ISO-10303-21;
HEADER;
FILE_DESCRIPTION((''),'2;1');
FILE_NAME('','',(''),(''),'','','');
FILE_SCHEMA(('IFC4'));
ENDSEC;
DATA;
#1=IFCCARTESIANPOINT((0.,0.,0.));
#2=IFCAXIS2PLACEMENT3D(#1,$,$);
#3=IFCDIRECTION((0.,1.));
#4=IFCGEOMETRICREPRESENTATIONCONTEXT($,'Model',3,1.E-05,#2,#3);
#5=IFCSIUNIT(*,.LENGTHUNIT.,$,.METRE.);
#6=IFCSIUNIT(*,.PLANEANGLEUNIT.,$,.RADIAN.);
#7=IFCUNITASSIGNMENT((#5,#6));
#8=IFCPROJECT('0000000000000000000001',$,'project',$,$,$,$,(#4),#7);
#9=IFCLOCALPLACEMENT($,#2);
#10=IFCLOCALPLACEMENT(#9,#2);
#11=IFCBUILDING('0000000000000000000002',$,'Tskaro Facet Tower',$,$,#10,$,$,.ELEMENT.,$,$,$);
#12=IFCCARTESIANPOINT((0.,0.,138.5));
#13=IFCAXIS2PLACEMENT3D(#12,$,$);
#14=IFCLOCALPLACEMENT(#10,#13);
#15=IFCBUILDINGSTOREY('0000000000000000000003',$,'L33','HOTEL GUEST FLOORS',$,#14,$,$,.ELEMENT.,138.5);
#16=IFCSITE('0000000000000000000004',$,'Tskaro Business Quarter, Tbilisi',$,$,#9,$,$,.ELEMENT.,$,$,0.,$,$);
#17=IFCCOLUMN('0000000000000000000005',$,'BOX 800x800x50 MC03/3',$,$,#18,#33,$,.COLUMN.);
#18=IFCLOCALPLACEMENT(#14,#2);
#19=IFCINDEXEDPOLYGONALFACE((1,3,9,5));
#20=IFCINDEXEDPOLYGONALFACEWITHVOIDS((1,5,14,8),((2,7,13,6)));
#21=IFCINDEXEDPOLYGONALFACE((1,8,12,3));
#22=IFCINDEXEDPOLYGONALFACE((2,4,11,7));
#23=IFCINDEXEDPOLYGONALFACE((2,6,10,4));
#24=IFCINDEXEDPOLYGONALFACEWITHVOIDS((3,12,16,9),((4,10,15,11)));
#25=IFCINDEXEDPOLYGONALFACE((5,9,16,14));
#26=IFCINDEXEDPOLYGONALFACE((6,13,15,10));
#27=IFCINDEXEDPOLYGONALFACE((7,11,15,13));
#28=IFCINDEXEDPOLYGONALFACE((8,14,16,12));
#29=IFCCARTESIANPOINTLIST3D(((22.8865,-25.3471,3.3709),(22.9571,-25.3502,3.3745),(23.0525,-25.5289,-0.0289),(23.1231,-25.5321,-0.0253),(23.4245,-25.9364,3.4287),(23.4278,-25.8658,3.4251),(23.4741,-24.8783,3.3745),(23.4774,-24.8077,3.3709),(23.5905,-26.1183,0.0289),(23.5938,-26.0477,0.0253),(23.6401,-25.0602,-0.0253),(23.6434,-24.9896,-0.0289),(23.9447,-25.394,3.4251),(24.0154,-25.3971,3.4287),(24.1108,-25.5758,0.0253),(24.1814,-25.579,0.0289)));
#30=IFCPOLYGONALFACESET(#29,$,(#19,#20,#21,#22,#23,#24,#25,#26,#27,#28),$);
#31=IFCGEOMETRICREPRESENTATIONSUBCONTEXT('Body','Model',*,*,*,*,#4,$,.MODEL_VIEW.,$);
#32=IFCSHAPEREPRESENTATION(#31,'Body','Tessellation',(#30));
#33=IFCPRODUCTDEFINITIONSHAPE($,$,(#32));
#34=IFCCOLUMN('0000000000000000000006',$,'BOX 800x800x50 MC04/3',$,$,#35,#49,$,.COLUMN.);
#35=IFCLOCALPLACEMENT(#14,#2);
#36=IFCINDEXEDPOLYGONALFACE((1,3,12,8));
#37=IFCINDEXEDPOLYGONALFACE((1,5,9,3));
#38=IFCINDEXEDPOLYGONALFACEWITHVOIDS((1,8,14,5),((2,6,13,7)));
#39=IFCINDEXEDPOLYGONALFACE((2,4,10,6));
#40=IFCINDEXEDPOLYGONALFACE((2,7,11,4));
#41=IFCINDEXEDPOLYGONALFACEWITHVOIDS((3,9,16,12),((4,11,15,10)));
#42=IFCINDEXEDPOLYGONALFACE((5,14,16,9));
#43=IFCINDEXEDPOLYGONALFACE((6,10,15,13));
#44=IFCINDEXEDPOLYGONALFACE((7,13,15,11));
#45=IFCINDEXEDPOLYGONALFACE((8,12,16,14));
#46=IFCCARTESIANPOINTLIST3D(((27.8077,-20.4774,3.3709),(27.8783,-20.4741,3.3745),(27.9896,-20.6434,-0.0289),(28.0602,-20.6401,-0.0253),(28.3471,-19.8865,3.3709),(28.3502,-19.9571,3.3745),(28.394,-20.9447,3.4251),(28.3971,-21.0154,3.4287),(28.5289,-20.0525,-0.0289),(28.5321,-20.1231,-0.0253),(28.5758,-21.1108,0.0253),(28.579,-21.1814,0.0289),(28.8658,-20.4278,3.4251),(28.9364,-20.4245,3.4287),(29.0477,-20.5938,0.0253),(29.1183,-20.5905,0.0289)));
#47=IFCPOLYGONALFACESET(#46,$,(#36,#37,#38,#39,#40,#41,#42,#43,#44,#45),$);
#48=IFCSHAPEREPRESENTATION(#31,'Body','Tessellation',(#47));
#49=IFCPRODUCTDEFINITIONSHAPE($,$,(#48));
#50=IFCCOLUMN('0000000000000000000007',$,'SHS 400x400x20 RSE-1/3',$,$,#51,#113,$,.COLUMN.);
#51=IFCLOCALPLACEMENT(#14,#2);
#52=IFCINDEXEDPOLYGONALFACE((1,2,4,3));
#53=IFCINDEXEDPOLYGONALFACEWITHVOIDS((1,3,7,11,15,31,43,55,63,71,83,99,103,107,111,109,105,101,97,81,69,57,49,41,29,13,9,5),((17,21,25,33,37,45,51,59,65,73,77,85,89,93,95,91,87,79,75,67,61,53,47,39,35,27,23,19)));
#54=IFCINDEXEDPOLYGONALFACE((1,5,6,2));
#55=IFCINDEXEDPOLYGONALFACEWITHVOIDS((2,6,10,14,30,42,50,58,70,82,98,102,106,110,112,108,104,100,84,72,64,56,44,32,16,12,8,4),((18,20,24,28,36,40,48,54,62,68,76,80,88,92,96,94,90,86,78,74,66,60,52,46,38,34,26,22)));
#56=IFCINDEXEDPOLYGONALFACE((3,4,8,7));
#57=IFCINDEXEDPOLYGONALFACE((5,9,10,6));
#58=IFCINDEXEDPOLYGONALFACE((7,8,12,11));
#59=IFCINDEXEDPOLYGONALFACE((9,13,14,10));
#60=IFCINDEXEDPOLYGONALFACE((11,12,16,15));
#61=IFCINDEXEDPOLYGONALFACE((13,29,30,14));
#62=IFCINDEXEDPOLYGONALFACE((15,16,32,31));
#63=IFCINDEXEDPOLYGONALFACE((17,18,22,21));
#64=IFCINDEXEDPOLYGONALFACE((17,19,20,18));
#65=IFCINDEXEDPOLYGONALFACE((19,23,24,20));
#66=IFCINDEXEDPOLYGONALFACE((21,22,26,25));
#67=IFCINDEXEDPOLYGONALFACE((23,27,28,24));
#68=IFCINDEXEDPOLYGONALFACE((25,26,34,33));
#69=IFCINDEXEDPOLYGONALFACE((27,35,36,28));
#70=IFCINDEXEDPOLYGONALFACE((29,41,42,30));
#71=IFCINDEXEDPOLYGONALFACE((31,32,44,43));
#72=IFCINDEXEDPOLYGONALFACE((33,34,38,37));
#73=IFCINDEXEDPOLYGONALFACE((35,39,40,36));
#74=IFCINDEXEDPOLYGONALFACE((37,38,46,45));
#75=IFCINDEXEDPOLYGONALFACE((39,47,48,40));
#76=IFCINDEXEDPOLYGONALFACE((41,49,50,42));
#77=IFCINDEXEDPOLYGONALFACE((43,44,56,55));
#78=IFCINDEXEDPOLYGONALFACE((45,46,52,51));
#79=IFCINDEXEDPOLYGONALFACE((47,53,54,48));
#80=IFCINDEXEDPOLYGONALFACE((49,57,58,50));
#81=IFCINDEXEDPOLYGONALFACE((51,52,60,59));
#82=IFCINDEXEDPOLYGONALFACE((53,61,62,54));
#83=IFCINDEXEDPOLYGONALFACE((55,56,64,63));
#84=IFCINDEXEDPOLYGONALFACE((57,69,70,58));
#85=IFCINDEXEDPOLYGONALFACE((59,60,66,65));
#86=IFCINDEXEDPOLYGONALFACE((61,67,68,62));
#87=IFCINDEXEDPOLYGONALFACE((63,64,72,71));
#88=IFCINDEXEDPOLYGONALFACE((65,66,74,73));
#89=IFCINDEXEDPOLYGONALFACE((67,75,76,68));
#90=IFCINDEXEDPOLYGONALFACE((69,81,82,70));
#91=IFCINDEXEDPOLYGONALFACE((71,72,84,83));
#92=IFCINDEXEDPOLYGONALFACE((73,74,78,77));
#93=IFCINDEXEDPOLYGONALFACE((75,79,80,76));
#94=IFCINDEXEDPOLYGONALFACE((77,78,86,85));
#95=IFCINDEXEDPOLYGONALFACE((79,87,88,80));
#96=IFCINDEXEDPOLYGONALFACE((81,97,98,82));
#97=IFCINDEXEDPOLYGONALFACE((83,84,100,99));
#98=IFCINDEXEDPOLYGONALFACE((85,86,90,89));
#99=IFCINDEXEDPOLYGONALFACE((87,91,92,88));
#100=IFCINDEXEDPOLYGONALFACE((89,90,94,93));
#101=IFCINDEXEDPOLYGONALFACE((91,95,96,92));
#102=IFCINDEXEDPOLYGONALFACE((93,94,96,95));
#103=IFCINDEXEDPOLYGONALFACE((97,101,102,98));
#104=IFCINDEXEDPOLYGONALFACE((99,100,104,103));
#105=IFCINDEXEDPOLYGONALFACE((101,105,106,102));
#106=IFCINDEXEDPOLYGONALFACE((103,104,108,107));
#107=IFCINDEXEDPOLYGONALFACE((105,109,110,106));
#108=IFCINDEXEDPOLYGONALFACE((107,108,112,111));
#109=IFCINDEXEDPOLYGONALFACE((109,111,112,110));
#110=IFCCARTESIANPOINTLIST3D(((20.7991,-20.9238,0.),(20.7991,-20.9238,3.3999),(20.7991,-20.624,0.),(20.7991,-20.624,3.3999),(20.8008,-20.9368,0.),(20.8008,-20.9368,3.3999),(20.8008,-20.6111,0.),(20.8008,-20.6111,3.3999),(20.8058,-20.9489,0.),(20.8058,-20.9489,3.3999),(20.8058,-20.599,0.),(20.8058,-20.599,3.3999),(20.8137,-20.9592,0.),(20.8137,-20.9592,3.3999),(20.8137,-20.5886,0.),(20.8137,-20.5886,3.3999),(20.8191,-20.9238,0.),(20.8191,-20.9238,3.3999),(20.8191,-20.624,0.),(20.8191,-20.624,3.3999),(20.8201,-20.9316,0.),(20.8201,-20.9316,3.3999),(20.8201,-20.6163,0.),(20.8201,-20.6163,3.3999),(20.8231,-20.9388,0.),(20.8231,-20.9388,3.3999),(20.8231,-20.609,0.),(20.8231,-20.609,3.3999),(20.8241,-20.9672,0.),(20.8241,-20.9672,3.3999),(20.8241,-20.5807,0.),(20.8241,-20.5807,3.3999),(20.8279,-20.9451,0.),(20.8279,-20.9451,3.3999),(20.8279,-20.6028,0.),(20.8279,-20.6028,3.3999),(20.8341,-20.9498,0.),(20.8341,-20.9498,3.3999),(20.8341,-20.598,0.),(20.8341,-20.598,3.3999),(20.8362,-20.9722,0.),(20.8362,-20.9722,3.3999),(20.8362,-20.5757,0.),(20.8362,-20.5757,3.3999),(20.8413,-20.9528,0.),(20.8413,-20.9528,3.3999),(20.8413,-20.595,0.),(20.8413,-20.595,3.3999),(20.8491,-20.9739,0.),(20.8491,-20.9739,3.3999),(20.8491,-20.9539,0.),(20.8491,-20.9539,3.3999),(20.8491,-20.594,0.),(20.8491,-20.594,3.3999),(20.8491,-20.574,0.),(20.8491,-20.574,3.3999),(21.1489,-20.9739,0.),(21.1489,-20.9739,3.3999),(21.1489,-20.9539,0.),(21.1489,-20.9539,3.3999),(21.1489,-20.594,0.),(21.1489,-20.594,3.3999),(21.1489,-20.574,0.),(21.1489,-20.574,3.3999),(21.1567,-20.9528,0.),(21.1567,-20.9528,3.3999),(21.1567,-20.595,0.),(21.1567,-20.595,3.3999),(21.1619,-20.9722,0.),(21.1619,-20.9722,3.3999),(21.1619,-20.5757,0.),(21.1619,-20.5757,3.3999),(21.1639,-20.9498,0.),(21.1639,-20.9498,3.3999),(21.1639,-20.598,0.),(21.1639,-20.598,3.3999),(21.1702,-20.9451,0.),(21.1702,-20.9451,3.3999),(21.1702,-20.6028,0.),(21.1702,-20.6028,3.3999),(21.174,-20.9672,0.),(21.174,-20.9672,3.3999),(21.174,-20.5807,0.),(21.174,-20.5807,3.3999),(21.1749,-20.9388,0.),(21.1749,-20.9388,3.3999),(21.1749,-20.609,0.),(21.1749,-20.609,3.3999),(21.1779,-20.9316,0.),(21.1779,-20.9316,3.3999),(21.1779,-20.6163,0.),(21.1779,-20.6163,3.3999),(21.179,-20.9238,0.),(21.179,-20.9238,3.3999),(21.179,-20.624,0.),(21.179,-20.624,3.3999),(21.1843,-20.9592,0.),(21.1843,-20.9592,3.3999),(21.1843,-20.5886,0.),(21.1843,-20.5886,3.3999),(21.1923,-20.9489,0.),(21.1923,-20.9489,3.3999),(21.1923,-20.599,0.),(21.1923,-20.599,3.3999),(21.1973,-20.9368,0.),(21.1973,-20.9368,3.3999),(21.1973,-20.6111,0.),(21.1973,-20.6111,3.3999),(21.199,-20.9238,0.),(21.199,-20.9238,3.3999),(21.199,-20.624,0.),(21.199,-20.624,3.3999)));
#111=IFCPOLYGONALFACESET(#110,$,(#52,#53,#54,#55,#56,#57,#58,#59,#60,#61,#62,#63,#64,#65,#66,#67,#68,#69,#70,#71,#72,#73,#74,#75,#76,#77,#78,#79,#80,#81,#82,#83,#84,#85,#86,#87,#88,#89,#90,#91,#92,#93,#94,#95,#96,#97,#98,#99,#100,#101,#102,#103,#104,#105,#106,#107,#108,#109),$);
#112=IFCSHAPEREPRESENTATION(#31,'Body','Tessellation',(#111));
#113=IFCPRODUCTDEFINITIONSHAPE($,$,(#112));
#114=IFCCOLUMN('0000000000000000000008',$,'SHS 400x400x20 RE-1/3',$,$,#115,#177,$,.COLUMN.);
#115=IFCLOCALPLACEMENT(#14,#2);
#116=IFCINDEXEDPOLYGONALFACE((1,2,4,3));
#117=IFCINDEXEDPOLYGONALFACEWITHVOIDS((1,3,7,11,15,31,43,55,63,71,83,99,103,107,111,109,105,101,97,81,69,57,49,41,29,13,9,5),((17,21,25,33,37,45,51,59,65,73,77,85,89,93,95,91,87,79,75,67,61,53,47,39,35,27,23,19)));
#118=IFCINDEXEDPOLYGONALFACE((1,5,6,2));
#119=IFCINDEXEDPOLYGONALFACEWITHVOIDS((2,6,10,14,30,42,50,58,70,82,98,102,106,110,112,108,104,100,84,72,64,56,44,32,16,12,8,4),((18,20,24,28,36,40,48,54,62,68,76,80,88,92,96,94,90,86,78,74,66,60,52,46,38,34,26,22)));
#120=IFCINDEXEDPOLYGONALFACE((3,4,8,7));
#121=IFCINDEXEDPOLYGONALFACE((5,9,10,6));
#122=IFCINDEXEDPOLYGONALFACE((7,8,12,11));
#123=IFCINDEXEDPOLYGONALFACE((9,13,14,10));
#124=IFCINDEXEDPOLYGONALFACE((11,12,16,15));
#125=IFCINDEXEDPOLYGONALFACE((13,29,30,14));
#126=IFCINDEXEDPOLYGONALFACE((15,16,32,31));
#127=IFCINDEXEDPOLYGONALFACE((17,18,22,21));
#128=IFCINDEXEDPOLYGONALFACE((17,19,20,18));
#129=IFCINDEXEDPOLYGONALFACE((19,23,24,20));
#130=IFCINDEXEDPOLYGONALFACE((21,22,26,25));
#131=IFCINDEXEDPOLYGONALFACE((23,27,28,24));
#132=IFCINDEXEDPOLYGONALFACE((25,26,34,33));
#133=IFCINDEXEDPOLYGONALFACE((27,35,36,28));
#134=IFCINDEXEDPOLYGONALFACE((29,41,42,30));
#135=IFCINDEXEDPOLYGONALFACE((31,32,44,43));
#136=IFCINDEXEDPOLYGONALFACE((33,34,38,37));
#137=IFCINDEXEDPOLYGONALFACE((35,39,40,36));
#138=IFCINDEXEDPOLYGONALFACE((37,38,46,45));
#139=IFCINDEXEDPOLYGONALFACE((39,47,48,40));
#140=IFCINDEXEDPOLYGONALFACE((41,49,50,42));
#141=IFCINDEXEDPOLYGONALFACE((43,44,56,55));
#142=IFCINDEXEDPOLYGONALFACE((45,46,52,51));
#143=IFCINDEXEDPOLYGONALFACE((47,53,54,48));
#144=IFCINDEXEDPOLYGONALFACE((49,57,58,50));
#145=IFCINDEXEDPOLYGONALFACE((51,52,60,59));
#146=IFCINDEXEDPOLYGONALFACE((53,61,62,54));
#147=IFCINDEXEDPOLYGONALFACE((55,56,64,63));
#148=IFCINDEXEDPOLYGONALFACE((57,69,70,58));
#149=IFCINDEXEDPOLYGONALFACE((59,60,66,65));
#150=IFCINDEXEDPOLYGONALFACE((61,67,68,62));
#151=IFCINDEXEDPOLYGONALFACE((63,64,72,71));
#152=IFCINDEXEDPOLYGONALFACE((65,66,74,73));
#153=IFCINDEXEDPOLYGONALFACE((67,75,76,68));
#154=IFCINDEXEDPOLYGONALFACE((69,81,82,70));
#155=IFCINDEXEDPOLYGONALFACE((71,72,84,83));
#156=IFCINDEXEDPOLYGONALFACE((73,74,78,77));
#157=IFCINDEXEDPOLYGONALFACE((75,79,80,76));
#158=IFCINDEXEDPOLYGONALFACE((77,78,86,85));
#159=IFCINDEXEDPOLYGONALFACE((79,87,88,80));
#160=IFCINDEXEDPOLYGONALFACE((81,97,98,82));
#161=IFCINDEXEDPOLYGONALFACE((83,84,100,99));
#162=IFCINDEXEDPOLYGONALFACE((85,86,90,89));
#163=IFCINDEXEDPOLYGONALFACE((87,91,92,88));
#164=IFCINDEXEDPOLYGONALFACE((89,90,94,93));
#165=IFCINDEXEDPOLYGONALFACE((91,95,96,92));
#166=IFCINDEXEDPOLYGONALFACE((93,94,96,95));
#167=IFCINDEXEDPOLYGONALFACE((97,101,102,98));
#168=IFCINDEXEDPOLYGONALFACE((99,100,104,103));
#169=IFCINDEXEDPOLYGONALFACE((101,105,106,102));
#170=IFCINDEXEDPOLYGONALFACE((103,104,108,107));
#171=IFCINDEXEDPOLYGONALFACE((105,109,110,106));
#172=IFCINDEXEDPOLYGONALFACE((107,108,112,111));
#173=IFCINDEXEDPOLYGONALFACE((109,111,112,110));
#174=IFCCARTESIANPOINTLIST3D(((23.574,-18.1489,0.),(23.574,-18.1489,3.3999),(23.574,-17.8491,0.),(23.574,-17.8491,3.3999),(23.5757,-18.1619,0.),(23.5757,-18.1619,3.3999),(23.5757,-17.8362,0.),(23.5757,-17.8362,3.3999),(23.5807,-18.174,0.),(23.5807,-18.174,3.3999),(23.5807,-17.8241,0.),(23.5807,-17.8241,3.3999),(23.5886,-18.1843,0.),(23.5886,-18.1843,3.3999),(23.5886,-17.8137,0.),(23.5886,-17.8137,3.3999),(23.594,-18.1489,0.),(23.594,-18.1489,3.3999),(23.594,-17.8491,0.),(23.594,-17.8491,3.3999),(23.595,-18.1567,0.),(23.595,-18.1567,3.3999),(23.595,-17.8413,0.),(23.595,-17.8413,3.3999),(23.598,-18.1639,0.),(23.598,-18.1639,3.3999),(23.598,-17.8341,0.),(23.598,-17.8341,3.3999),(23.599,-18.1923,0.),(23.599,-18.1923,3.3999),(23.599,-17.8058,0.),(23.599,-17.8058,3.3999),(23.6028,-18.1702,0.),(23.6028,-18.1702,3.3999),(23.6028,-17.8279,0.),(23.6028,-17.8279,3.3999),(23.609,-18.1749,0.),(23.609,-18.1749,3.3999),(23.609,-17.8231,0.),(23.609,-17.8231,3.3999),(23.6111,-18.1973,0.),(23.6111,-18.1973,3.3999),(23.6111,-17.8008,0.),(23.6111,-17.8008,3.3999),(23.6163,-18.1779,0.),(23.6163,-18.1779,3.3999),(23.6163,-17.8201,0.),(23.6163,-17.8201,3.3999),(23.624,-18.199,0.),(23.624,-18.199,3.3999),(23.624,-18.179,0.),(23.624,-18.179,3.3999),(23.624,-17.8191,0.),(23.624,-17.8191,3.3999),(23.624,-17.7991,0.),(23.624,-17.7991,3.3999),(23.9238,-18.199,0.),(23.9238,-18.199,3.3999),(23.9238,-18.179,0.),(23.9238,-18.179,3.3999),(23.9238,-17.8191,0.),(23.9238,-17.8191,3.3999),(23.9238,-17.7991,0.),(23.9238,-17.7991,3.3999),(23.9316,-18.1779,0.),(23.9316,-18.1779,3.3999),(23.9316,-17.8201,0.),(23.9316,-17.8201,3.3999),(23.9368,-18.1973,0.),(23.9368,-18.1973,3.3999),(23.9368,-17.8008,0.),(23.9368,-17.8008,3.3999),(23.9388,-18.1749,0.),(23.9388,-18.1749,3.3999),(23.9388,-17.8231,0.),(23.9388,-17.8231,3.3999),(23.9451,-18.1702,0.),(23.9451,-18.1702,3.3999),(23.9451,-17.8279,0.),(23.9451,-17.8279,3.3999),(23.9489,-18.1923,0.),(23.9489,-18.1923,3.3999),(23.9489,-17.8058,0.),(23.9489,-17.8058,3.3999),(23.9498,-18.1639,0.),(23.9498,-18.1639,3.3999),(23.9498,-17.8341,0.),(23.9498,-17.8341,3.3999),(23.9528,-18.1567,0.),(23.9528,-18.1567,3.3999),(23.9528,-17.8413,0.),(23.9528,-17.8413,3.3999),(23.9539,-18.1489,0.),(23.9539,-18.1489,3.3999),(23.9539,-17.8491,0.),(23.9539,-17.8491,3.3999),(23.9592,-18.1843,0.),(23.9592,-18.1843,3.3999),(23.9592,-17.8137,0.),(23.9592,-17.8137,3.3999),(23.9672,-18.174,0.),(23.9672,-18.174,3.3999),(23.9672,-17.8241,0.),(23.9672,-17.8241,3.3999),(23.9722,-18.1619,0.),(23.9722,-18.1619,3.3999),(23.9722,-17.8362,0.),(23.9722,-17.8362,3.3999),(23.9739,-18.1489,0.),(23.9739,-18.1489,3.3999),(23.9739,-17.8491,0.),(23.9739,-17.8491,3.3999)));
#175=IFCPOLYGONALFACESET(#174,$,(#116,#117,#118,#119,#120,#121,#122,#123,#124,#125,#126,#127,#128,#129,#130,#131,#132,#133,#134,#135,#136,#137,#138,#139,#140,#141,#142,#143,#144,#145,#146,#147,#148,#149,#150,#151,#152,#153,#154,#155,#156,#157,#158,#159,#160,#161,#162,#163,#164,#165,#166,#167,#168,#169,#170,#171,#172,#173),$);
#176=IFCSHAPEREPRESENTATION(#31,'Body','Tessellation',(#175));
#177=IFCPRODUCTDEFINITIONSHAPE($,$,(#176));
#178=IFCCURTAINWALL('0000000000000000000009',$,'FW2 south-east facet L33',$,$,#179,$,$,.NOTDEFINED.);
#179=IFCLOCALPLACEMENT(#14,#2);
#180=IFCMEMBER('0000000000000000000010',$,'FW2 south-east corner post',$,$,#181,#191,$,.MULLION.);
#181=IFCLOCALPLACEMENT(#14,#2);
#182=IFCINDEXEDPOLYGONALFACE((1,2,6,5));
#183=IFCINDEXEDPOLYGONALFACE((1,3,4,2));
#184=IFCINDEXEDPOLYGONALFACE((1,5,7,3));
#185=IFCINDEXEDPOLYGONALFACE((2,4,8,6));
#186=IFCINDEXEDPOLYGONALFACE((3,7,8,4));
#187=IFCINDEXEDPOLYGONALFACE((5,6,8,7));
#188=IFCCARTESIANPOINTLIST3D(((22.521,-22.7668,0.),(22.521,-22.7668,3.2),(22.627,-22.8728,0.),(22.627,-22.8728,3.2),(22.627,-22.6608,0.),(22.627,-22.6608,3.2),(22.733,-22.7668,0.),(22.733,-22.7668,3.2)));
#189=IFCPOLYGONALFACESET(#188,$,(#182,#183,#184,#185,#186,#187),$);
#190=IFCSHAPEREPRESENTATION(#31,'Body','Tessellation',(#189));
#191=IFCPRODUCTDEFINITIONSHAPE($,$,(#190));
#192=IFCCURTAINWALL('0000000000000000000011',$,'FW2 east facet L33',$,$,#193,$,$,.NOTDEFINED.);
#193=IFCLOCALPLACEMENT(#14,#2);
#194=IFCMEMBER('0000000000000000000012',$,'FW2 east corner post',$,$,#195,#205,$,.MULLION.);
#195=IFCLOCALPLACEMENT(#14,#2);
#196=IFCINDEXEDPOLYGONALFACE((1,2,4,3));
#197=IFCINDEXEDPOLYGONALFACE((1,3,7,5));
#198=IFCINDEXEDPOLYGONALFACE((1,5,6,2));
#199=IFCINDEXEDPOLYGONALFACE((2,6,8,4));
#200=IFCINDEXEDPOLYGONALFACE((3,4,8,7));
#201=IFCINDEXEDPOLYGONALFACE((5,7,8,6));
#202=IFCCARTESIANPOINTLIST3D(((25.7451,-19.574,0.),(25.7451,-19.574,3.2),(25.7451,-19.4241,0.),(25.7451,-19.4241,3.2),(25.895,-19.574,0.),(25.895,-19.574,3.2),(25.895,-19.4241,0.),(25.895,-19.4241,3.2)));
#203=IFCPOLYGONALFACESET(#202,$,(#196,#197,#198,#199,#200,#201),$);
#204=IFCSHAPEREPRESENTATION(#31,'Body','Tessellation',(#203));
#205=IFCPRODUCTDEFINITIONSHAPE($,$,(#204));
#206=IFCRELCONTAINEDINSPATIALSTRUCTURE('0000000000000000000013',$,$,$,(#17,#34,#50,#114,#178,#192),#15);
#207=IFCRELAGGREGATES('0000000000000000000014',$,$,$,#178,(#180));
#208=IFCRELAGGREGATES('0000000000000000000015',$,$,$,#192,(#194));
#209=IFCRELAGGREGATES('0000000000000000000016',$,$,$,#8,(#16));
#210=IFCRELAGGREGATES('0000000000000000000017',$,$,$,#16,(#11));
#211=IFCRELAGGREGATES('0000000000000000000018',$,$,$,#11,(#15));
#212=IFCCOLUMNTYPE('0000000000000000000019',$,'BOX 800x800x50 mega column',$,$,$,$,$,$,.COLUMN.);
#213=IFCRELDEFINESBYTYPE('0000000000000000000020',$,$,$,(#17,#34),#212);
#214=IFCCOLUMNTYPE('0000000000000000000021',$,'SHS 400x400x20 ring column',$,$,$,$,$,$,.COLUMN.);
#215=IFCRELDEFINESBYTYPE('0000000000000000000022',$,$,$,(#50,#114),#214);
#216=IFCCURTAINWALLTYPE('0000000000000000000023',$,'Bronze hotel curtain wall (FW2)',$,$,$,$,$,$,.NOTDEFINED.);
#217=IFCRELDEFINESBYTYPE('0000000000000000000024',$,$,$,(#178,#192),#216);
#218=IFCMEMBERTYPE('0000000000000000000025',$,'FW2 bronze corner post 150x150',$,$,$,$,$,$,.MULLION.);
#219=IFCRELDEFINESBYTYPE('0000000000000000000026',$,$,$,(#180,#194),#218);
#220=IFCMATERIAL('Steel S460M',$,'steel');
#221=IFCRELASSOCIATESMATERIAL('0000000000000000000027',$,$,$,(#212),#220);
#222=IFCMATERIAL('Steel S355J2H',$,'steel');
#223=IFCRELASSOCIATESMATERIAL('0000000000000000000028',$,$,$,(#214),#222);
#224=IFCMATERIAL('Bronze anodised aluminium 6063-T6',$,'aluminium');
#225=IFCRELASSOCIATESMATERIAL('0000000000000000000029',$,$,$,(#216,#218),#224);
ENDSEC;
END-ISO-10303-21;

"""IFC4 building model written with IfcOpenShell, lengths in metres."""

from ifc_helpers import new_model, si_unit, direction, frame, origin, origin_2d, place, context, subcontext, project, spatial, rectangle, hollow_rectangle, extrude, material, material_profile, profile_set, type_object, element, aggregate, save


model = new_model("IFC4")

# Units and contexts
model_context = context("Model", 3, precision=1e-05, world=origin(), true_north=direction((0.0, 1.0)))
body_context = subcontext(model_context, "Body", "Model", "MODEL_VIEW")
ifc_project = project(units=[si_unit("LENGTHUNIT", "METRE"), si_unit("PLANEANGLEUNIT", "RADIAN")], contexts=[model_context])

# Site, building, storey
site_placement = place(None, origin())
site = spatial("IfcSite", under=ifc_project, at=site_placement, Name="Tskaro Business Quarter, Tbilisi", CompositionType="ELEMENT", RefElevation=0.0)
building_placement = place(site_placement, origin())
building = spatial("IfcBuilding", under=site, at=building_placement, Name="Tskaro Facet Tower", CompositionType="ELEMENT")
storey_placement = place(building_placement, frame((0.0, 0.0, 138.5)))
storey = spatial("IfcBuildingStorey", under=building, at=storey_placement, Name="L33", Description="HOTEL GUEST FLOORS", CompositionType="ELEMENT", Elevation=138.5)

# Columns
ifc_material_1 = material(Name="Steel S460M", Category="steel")
ifc_material_profile_1 = material_profile(ifc_material_1, hollow_rectangle(XDim=0.8, YDim=0.8, WallThickness=0.05, at=origin_2d()), Name="BOX 800x800x50")
ifc_profile_set_1 = profile_set([ifc_material_profile_1], Name="Steel S460M")
column_type_1 = type_object("IfcColumnType", Name="BOX 800x800x50 mega column", PredefinedType="COLUMN", material=ifc_profile_set_1)
for number, where, z_axis, x_axis, name in (
    (1, (23.6169, -25.554, 0.0), (-0.048702, 0.053357, 0.997387), (-0.738593, -0.674152, 0.0), "BOX 800x800x50 MC03/3"),
    (2, (28.554, -20.6169, 0.0), (-0.053357, 0.048702, 0.997387), (-0.674152, -0.738593, 0.0), "BOX 800x800x50 MC04/3"),
):
    element("IfcColumn", number, at=place(storey_placement, frame(where, z_axis=z_axis, x_axis=x_axis)), inside=storey, type_object=column_type_1, Name=name, PredefinedType="COLUMN", context=body_context, shape_type="SweptSolid", body=[
        extrude(hollow_rectangle(XDim=0.8, YDim=0.8, WallThickness=0.05, at=origin_2d()), origin(), (0.0, 0.0, 1.0), 3.4087),
    ])
ifc_material_2 = material(Name="Steel S355J2H", Category="steel")
ifc_material_profile_2 = material_profile(ifc_material_2, hollow_rectangle(XDim=0.3999, YDim=0.3999, WallThickness=0.02, InnerFilletRadius=0.03, OuterFilletRadius=0.05, at=origin_2d()), Name="SHS 400x400x20")
ifc_profile_set_2 = profile_set([ifc_material_profile_2], Name="Steel S355J2H")
column_type_2 = type_object("IfcColumnType", Name="SHS 400x400x20 ring column", PredefinedType="COLUMN", material=ifc_profile_set_2)
for number, where, z_axis, x_axis, name in (
    (3, (20.999, -20.7739, 0.0), (0.0, 0.0, 1.0), (1.0, 0.0, 0.0), "SHS 400x400x20 RSE-1/3"),
    (4, (23.7739, -17.999, 0.0), (0.0, 0.0, 1.0), (1.0, 0.0, 0.0), "SHS 400x400x20 RE-1/3"),
):
    element("IfcColumn", number, at=place(storey_placement, frame(where, z_axis=z_axis, x_axis=x_axis)), inside=storey, type_object=column_type_2, Name=name, PredefinedType="COLUMN", context=body_context, shape_type="SweptSolid", body=[
        extrude(hollow_rectangle(XDim=0.3999, YDim=0.3999, WallThickness=0.02, InnerFilletRadius=0.03, OuterFilletRadius=0.05, at=origin_2d()), origin(), (0.0, 0.0, 1.0), 3.3999),
    ])

# Curtain walls, members
ifc_material_3 = material(Name="Bronze anodised aluminium 6063-T6", Category="aluminium")
curtain_wall_type = type_object("IfcCurtainWallType", Name="Bronze hotel curtain wall (FW2)", PredefinedType="NOTDEFINED", material=ifc_material_3)
curtain_wall_1_placement = place(storey_placement, origin())
curtain_wall_1 = element("IfcCurtainWall", 5, at=curtain_wall_1_placement, inside=storey, type_object=curtain_wall_type, Name="FW2 south-east facet L33", PredefinedType="NOTDEFINED")
ifc_material_profile_3 = material_profile(ifc_material_3, rectangle(XDim=0.1499, YDim=0.1499, at=origin_2d()), Name="Corner post 150x150")
ifc_profile_set_3 = profile_set([ifc_material_profile_3], Name="Bronze anodised aluminium 6063-T6")
member_type_1 = type_object("IfcMemberType", Name="FW2 bronze corner post 150x150", PredefinedType="MULLION", material=ifc_profile_set_3)
member_1_placement = place(storey_placement, frame((22.627, -22.7668, 0.0), z_axis=(0.0, 0.0, 1.0), x_axis=(0.707107, 0.707107, 0.0)))
member_1 = element("IfcMember", 6, at=member_1_placement, type_object=member_type_1, Name="FW2 south-east corner post", PredefinedType="MULLION", context=body_context, shape_type="SweptSolid", body=[
    extrude(rectangle(XDim=0.1499, YDim=0.1499, at=origin_2d()), origin(), (0.0, 0.0, 1.0), 3.2),
])
curtain_wall_2_placement = place(storey_placement, origin())
curtain_wall_2 = element("IfcCurtainWall", 7, at=curtain_wall_2_placement, inside=storey, type_object=curtain_wall_type, Name="FW2 east facet L33", PredefinedType="NOTDEFINED")
member_2_placement = place(storey_placement, frame((25.8201, -19.499, 0.0), z_axis=(0.0, 0.0, 1.0), x_axis=(0.0, 1.0, 0.0)))
member_2 = element("IfcMember", 8, at=member_2_placement, type_object=member_type_1, Name="FW2 east corner post", PredefinedType="MULLION", context=body_context, shape_type="SweptSolid", body=[
    extrude(rectangle(XDim=0.1499, YDim=0.1499, at=origin_2d()), origin(), (0.0, 0.0, 1.0), 3.2),
])

aggregate(curtain_wall_1, [member_1])
aggregate(curtain_wall_2, [member_2])

save(model, "model.ifc")
